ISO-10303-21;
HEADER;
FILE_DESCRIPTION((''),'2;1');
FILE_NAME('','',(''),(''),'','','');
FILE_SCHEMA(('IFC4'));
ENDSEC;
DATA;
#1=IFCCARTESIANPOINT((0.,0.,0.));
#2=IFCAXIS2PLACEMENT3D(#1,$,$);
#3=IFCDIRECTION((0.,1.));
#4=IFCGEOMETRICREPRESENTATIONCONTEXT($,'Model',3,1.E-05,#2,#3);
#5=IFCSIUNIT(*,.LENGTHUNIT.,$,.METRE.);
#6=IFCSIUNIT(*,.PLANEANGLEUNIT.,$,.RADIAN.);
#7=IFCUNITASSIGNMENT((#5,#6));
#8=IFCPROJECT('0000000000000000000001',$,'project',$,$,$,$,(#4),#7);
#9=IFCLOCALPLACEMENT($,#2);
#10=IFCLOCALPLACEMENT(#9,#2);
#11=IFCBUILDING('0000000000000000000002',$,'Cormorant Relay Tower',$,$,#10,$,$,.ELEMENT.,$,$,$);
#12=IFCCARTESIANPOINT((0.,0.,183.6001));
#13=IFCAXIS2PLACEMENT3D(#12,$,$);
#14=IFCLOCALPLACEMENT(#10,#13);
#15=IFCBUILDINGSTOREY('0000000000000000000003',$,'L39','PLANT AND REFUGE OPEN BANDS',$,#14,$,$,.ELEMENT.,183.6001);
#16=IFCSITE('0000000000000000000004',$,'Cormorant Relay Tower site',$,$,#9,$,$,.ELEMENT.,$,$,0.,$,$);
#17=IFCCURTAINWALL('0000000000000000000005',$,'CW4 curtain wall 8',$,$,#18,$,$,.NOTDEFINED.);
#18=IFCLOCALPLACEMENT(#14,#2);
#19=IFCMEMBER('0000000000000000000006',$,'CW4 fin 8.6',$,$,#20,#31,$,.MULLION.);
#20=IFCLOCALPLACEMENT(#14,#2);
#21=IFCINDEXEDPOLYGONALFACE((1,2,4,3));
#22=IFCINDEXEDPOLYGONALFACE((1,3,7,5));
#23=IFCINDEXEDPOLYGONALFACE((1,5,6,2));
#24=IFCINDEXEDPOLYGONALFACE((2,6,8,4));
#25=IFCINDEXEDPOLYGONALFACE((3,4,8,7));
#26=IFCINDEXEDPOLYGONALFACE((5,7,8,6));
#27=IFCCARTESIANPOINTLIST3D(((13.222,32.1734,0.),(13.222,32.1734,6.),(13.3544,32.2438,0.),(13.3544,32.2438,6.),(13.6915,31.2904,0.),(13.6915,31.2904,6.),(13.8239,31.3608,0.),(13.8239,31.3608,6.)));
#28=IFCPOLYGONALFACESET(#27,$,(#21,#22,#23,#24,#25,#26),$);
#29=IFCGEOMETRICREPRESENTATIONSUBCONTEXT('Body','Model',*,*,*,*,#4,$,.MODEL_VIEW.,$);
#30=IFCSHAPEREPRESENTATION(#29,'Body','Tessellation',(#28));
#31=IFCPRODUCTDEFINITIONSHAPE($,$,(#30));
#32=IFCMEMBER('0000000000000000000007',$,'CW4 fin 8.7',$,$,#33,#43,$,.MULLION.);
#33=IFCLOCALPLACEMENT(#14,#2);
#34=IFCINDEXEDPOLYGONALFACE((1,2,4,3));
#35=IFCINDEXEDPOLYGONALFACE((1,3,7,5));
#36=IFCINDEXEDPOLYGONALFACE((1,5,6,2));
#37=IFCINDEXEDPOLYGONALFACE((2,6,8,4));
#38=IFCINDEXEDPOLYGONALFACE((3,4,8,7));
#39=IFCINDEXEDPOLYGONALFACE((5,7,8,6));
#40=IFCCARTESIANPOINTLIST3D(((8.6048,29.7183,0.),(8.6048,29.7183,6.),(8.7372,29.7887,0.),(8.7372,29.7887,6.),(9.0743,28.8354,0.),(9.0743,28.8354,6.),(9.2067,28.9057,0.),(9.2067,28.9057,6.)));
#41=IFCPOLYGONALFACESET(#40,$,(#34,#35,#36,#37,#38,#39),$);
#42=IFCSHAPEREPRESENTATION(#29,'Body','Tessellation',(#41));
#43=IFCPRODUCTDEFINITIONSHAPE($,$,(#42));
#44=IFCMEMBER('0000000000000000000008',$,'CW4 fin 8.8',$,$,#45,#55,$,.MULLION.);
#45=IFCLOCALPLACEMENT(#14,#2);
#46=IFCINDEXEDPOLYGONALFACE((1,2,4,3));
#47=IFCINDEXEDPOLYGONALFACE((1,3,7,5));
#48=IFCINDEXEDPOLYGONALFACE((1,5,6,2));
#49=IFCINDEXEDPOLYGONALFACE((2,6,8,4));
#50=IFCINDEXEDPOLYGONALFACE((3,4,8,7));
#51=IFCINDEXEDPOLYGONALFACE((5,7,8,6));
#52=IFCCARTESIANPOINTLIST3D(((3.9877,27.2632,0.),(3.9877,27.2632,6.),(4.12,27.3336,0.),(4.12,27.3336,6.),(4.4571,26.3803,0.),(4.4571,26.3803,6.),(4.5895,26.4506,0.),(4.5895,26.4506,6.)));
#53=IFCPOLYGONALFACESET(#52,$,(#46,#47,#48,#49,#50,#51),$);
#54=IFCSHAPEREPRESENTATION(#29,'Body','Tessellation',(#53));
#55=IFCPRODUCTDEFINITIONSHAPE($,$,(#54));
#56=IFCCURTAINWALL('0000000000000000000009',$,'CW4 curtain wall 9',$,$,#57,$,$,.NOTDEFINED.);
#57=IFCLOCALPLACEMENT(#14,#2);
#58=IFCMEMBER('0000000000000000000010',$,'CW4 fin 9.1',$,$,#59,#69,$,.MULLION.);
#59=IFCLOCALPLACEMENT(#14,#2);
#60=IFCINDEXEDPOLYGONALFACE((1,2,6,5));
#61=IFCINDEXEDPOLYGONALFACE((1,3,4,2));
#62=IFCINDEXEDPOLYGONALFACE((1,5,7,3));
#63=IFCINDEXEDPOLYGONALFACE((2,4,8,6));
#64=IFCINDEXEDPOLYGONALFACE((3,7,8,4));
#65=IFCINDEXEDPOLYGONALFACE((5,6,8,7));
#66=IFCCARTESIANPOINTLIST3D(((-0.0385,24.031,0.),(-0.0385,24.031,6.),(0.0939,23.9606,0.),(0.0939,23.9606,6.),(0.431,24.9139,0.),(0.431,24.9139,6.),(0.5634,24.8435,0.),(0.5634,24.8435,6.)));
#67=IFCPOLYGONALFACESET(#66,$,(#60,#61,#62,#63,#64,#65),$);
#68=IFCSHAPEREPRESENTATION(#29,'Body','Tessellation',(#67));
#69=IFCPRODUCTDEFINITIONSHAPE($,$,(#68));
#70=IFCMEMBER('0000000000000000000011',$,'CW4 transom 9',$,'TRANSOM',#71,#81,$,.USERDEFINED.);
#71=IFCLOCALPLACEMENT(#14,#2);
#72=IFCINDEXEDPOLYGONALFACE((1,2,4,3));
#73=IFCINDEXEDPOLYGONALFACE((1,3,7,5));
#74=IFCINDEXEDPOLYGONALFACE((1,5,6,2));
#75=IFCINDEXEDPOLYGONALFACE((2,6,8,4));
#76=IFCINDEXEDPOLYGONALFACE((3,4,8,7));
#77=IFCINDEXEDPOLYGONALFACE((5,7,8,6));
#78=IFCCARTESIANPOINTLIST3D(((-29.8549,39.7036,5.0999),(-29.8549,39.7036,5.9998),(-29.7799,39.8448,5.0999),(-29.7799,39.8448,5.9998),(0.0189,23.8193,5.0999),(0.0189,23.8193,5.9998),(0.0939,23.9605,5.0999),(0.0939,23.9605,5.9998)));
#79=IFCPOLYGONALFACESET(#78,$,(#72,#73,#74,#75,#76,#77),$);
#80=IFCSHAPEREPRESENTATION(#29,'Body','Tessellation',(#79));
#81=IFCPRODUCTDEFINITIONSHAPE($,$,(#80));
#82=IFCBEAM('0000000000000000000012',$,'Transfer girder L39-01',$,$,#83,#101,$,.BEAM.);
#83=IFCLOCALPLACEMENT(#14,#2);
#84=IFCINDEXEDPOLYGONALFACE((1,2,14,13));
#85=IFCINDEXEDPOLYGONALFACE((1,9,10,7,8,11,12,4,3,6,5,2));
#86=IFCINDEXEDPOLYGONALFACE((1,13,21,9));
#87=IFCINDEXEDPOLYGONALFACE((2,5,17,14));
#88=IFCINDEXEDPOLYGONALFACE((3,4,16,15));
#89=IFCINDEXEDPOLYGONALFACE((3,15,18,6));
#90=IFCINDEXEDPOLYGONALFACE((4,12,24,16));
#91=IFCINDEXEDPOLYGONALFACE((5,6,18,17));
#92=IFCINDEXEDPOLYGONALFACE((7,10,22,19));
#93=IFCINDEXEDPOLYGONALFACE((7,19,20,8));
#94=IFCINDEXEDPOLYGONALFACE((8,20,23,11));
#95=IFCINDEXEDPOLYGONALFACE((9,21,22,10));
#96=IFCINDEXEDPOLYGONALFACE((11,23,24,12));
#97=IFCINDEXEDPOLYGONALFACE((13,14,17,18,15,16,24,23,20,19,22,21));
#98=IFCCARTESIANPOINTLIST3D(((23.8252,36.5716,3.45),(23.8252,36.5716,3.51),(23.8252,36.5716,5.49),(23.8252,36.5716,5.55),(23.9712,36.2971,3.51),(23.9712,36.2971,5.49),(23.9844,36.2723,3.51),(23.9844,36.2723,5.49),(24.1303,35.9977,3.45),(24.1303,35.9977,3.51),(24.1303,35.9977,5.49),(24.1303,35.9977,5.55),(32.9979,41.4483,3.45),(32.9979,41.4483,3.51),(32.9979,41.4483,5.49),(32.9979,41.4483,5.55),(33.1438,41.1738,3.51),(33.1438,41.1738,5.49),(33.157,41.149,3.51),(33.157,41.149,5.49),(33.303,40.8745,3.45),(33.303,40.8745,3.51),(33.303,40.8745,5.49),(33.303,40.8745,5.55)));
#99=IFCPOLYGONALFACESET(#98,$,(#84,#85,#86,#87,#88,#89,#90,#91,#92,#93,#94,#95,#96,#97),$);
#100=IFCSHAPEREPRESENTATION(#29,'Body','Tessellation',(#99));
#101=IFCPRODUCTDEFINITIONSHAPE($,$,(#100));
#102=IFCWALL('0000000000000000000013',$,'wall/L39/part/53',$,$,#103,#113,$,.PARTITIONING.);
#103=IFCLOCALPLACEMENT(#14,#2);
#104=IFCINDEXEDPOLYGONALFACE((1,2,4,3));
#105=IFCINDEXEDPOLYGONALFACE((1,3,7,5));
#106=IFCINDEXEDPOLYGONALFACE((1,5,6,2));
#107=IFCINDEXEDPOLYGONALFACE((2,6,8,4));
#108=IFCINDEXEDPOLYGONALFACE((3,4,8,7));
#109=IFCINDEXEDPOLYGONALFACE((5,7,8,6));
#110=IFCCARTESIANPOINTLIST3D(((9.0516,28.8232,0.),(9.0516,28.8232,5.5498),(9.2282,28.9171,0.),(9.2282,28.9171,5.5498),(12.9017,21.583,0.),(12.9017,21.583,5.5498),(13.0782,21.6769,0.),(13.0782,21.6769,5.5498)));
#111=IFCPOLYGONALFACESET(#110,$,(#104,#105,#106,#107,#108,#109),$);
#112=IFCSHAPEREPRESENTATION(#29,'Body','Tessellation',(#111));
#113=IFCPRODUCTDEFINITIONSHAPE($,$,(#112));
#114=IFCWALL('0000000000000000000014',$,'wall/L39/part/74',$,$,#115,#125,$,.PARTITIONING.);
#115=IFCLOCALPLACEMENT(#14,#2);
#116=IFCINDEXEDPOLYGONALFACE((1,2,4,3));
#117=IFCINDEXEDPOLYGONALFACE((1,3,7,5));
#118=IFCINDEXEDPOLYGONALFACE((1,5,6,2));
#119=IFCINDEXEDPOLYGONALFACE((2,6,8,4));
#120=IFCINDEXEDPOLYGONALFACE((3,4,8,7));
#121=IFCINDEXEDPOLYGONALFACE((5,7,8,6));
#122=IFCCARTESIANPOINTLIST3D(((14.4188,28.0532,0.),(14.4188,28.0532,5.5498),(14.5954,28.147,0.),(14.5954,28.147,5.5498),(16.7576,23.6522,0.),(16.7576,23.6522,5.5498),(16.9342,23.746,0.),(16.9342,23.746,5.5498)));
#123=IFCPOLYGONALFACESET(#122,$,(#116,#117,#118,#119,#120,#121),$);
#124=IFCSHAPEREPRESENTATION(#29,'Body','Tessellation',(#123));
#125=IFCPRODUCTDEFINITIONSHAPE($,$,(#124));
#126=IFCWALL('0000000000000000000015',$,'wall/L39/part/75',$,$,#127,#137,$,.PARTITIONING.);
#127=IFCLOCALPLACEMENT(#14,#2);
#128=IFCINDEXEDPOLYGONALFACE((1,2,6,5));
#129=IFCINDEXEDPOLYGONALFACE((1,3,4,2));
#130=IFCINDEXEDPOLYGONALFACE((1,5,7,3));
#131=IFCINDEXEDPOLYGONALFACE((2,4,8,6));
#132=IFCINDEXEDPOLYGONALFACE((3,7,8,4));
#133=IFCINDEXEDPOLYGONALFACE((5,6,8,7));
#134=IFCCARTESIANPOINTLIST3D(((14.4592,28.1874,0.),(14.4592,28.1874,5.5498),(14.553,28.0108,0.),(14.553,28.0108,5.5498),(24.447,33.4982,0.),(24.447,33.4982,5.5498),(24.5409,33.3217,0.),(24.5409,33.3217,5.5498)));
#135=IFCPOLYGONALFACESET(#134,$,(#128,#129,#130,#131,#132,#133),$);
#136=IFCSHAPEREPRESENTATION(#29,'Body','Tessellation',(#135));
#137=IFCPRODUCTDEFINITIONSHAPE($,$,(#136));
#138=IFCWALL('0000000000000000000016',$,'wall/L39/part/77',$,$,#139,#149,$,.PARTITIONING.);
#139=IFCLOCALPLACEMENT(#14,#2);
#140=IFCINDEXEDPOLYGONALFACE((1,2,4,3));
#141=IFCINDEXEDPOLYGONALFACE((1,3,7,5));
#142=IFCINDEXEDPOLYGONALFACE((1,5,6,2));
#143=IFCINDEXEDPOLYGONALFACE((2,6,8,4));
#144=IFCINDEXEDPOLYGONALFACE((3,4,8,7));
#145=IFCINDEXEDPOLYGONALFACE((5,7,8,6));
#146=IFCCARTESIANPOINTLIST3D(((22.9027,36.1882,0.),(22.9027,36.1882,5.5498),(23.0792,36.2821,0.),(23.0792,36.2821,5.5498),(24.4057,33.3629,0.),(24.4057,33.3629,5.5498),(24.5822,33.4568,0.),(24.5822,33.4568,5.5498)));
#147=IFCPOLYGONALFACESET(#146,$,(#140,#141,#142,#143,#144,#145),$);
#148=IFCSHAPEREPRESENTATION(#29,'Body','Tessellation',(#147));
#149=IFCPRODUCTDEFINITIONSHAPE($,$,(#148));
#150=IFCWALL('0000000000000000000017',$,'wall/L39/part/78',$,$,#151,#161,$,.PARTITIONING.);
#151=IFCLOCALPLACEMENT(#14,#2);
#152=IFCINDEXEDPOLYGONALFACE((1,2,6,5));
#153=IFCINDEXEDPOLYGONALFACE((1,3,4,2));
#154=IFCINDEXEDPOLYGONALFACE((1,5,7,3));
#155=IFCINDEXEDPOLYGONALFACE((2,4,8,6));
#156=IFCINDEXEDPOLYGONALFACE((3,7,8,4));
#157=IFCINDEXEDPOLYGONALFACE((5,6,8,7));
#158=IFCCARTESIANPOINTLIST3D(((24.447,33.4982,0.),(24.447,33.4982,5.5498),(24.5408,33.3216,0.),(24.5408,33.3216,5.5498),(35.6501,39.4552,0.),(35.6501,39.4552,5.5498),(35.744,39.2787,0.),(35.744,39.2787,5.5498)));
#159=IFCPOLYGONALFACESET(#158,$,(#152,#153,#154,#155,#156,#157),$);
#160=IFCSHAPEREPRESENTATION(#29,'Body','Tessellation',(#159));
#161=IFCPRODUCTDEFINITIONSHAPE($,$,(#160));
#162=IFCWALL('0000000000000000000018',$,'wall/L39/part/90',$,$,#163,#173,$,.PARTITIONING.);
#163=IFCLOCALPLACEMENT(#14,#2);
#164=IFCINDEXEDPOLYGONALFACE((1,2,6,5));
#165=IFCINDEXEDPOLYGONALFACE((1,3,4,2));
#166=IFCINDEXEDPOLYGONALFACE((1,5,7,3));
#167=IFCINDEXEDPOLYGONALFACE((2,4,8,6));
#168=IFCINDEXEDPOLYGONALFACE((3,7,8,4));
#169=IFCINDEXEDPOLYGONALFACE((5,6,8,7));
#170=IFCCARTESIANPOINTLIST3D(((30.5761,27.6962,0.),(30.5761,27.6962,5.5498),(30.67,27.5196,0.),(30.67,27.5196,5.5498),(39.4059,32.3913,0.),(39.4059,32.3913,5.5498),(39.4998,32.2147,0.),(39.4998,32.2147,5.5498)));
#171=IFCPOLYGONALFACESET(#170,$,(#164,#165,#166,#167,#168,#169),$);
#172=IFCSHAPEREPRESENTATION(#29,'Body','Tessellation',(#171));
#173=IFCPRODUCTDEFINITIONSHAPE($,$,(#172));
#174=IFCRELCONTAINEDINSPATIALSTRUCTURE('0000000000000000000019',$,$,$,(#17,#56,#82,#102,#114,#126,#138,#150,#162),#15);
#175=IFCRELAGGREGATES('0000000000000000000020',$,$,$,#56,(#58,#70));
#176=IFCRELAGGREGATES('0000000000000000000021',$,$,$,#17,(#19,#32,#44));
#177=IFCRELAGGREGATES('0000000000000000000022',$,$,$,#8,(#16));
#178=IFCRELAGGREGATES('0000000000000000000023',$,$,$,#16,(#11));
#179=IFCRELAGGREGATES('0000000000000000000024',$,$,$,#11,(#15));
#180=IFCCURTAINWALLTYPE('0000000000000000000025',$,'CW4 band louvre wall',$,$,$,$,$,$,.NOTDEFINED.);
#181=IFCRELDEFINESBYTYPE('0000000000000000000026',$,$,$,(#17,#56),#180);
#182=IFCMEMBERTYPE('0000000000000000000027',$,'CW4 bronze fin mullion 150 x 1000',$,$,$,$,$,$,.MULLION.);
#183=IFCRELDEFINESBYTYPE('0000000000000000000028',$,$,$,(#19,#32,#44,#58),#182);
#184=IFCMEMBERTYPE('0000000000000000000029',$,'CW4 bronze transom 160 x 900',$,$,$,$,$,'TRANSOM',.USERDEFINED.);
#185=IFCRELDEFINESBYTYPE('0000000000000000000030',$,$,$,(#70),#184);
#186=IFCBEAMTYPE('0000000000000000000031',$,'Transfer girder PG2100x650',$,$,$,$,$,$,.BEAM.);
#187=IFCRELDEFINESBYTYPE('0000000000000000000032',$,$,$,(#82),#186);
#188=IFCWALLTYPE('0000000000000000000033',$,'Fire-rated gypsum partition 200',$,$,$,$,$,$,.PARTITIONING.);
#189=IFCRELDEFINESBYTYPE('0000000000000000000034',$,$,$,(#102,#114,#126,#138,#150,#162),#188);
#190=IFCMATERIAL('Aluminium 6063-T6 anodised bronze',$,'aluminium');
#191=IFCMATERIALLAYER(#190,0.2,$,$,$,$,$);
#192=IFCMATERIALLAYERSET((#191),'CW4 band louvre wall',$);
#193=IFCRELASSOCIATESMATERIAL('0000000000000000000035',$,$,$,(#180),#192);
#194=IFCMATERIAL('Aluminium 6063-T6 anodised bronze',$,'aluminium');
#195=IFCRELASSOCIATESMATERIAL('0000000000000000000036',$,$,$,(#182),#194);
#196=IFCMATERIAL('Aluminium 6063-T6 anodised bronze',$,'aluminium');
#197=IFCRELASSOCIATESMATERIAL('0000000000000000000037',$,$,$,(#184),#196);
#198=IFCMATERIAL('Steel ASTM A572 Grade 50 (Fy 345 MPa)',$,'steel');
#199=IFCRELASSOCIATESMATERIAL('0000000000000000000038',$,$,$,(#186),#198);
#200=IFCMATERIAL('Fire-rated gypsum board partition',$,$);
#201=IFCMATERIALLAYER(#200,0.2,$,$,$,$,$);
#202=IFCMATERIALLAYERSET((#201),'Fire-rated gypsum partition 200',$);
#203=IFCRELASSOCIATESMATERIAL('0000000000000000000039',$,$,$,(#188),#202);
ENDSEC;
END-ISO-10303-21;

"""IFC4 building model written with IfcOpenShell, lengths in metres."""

from ifc_helpers import new_model, si_unit, direction, frame, frame_2d, origin, origin_2d, place, context, subcontext, project, spatial, rectangle, i_section, extrude, material, layer, layer_set, material_profile, profile_set, type_object, element, aggregate, save


model = new_model("IFC4")

# Units and contexts
model_context = context("Model", 3, precision=1e-05, world=origin(), true_north=direction((0.0, 1.0)))
body_context = subcontext(model_context, "Body", "Model", "MODEL_VIEW")
ifc_project = project(units=[si_unit("LENGTHUNIT", "METRE"), si_unit("PLANEANGLEUNIT", "RADIAN")], contexts=[model_context])

# Site, building, storey
site_placement = place(None, origin())
site = spatial("IfcSite", under=ifc_project, at=site_placement, Name="Cormorant Relay Tower site", CompositionType="ELEMENT", RefElevation=0.0)
building_placement = place(site_placement, origin())
building = spatial("IfcBuilding", under=site, at=building_placement, Name="Cormorant Relay Tower", CompositionType="ELEMENT")
storey_placement = place(building_placement, frame((0.0, 0.0, 183.6001)))
storey = spatial("IfcBuildingStorey", under=building, at=storey_placement, Name="L39", Description="PLANT AND REFUGE OPEN BANDS", CompositionType="ELEMENT", Elevation=183.6001)

# Curtain walls, members
ifc_material_1 = material(Name="Aluminium 6063-T6 anodised bronze", Category="aluminium")
ifc_layer_1 = layer(ifc_material_1, 0.2)
ifc_layer_set_1 = layer_set([ifc_layer_1], Name="CW4 band louvre wall")
curtain_wall_type = type_object("IfcCurtainWallType", Name="CW4 band louvre wall", PredefinedType="NOTDEFINED", material=ifc_layer_set_1)
curtain_wall_1_placement = place(storey_placement, origin())
curtain_wall_1 = element("IfcCurtainWall", 1, at=curtain_wall_1_placement, inside=storey, type_object=curtain_wall_type, Name="CW4 curtain wall 8", PredefinedType="NOTDEFINED")
ifc_material_2 = material(Name="Aluminium 6063-T6 anodised bronze", Category="aluminium")
ifc_material_profile_1 = material_profile(ifc_material_2, rectangle(XDim=0.1499, YDim=1.0, at=origin_2d()), Name="AL 150x1000")
ifc_profile_set_1 = profile_set([ifc_material_profile_1], Name="Aluminium 6063-T6 anodised bronze")
member_type_1 = type_object("IfcMemberType", Name="CW4 bronze fin mullion 150 x 1000", PredefinedType="MULLION", material=ifc_profile_set_1)
member_1_placement = place(storey_placement, frame((13.5229, 31.7671, 0.0), z_axis=(0.0, 0.0, 1.0), x_axis=(-0.882948, -0.469472, 0.0)))
member_1 = element("IfcMember", 2, at=member_1_placement, type_object=member_type_1, Name="CW4 fin 8.6", PredefinedType="MULLION", context=body_context, shape_type="SweptSolid", body=[
    extrude(rectangle(XDim=0.1499, YDim=1.0, at=origin_2d()), origin(), (0.0, 0.0, 1.0), 6.0),
])
member_2_placement = place(storey_placement, frame((8.9058, 29.312, 0.0), z_axis=(0.0, 0.0, 1.0), x_axis=(-0.882948, -0.469472, 0.0)))
member_2 = element("IfcMember", 3, at=member_2_placement, type_object=member_type_1, Name="CW4 fin 8.7", PredefinedType="MULLION", context=body_context, shape_type="SweptSolid", body=[
    extrude(rectangle(XDim=0.1499, YDim=1.0, at=origin_2d()), origin(), (0.0, 0.0, 1.0), 6.0),
])
member_3_placement = place(storey_placement, frame((4.2886, 26.8569, 0.0), z_axis=(0.0, 0.0, 1.0), x_axis=(-0.882948, -0.469472, 0.0)))
member_3 = element("IfcMember", 4, at=member_3_placement, type_object=member_type_1, Name="CW4 fin 8.8", PredefinedType="MULLION", context=body_context, shape_type="SweptSolid", body=[
    extrude(rectangle(XDim=0.1499, YDim=1.0, at=origin_2d()), origin(), (0.0, 0.0, 1.0), 6.0),
])
curtain_wall_2_placement = place(storey_placement, origin())
curtain_wall_2 = element("IfcCurtainWall", 5, at=curtain_wall_2_placement, inside=storey, type_object=curtain_wall_type, Name="CW4 curtain wall 9", PredefinedType="NOTDEFINED")
member_4_placement = place(storey_placement, frame((0.2625, 24.4373, 0.0), z_axis=(0.0, 0.0, 1.0), x_axis=(-0.882948, 0.469472, 0.0)))
member_4 = element("IfcMember", 6, at=member_4_placement, type_object=member_type_1, Name="CW4 fin 9.1", PredefinedType="MULLION", context=body_context, shape_type="SweptSolid", body=[
    extrude(rectangle(XDim=0.1499, YDim=1.0, at=origin_2d()), origin(), (0.0, 0.0, 1.0), 6.0),
])
ifc_material_3 = material(Name="Aluminium 6063-T6 anodised bronze", Category="aluminium")
ifc_material_profile_2 = material_profile(ifc_material_3, rectangle(XDim=0.1599, YDim=0.8999, at=origin_2d()), Name="AL 160x900")
ifc_profile_set_2 = profile_set([ifc_material_profile_2], Name="Aluminium 6063-T6 anodised bronze")
member_type_2 = type_object("IfcMemberType", Name="CW4 bronze transom 160 x 900", ElementType="TRANSOM", PredefinedType="USERDEFINED", material=ifc_profile_set_2)
member_5_placement = place(storey_placement, frame((0.0564, 23.8899, 5.5498), z_axis=(-0.882946, 0.469474, 0.0), x_axis=(-0.469474, -0.882946, 0.0)))
member_5 = element("IfcMember", 7, at=member_5_placement, type_object=member_type_2, Name="CW4 transom 9", ObjectType="TRANSOM", PredefinedType="USERDEFINED", context=body_context, shape_type="SweptSolid", body=[
    extrude(rectangle(XDim=0.1599, YDim=0.8999, at=origin_2d()), origin(), (0.0, 0.0, 1.0), 33.8342),
])
aggregate(curtain_wall_2, [member_4, member_5])

# Beam
ifc_material_4 = material(Name="Steel ASTM A572 Grade 50 (Fy 345 MPa)", Category="steel")
ifc_material_profile_3 = material_profile(ifc_material_4, i_section(OverallWidth=0.6499, OverallDepth=2.1001, WebThickness=0.0281, FlangeThickness=0.0601, at=origin_2d()), Name="PG2100x650")
ifc_profile_set_3 = profile_set([ifc_material_profile_3], Name="Steel ASTM A572 Grade 50 (Fy 345 MPa)")
beam_type = type_object("IfcBeamType", Name="Transfer girder PG2100x650", PredefinedType="BEAM", material=ifc_profile_set_3)
beam_placement = place(storey_placement, frame((23.9778, 36.2847, 4.5), z_axis=(0.882966, 0.469438, 0.0), x_axis=(-0.469438, 0.882966, 0.0)))
element("IfcBeam", 8, at=beam_placement, inside=storey, type_object=beam_type, Name="Transfer girder L39-01", PredefinedType="BEAM", context=body_context, shape_type="SweptSolid", body=[
    extrude(i_section(OverallWidth=0.6499, OverallDepth=2.1001, WebThickness=0.0281, FlangeThickness=0.0601, at=origin_2d()), origin(), (0.0, 0.0, 1.0), 10.3884),
])

# Walls
ifc_material_5 = material(Name="Fire-rated gypsum board partition")
ifc_layer_2 = layer(ifc_material_5, 0.2)
ifc_layer_set_2 = layer_set([ifc_layer_2], Name="Fire-rated gypsum partition 200")
wall_type = type_object("IfcWallType", Name="Fire-rated gypsum partition 200", PredefinedType="PARTITIONING", material=ifc_layer_set_2)
wall_1_placement = place(storey_placement, frame((9.1399, 28.8701, 0.0), z_axis=(0.0, 0.0, 1.0), x_axis=(0.469509, -0.882928, 0.0)))
element("IfcWall", 9, at=wall_1_placement, inside=storey, type_object=wall_type, Name="wall/L39/part/53", PredefinedType="PARTITIONING", context=body_context, shape_type="SweptSolid", body=[
    extrude(rectangle(XDim=8.2002, YDim=0.2, at=frame_2d((4.1001, 0.0))), origin(), (0.0, 0.0, 1.0), 5.5498),
])
wall_2_placement = place(storey_placement, frame((14.5071, 28.1001, 0.0), z_axis=(0.0, 0.0, 1.0), x_axis=(0.469276, -0.883052, 0.0)))
element("IfcWall", 10, at=wall_2_placement, inside=storey, type_object=wall_type, Name="wall/L39/part/74", PredefinedType="PARTITIONING", context=body_context, shape_type="SweptSolid", body=[
    extrude(rectangle(XDim=4.9839, YDim=0.2, at=frame_2d((2.4919, 0.0))), origin(), (0.0, 0.0, 1.0), 5.5498),
])
wall_3_placement = place(storey_placement, frame((14.5061, 28.0991, 0.0), z_axis=(0.0, 0.0, 1.0), x_axis=(0.882941, 0.469484, 0.0)))
element("IfcWall", 11, at=wall_3_placement, inside=storey, type_object=wall_type, Name="wall/L39/part/75", PredefinedType="PARTITIONING", context=body_context, shape_type="SweptSolid", body=[
    extrude(rectangle(XDim=11.312, YDim=0.2, at=frame_2d((5.656, 0.0))), origin(), (0.0, 0.0, 1.0), 5.5498),
])
wall_4_placement = place(storey_placement, frame((22.991, 36.2351, 0.0), z_axis=(0.0, 0.0, 1.0), x_axis=(0.469653, -0.882851, 0.0)))
element("IfcWall", 12, at=wall_4_placement, inside=storey, type_object=wall_type, Name="wall/L39/part/77", PredefinedType="PARTITIONING", context=body_context, shape_type="SweptSolid", body=[
    extrude(rectangle(XDim=3.2002, YDim=0.2, at=frame_2d((1.6001, 0.0))), origin(), (0.0, 0.0, 1.0), 5.5498),
])
wall_5_placement = place(storey_placement, frame((24.4939, 33.4099, 0.0), z_axis=(0.0, 0.0, 1.0), x_axis=(0.88294, 0.469485, 0.0)))
element("IfcWall", 13, at=wall_5_placement, inside=storey, type_object=wall_type, Name="wall/L39/part/78", PredefinedType="PARTITIONING", context=body_context, shape_type="SweptSolid", body=[
    extrude(rectangle(XDim=12.6885, YDim=0.2, at=frame_2d((6.3442, 0.0))), origin(), (0.0, 0.0, 1.0), 5.5498),
])
wall_6_placement = place(storey_placement, frame((30.623, 27.6079, 0.0), z_axis=(0.0, 0.0, 1.0), x_axis=(0.882941, 0.469484, 0.0)))
element("IfcWall", 14, at=wall_6_placement, inside=storey, type_object=wall_type, Name="wall/L39/part/90", PredefinedType="PARTITIONING", context=body_context, shape_type="SweptSolid", body=[
    extrude(rectangle(XDim=10.0005, YDim=0.2, at=frame_2d((5.0002, 0.0))), origin(), (0.0, 0.0, 1.0), 5.5498),
])

aggregate(curtain_wall_1, [member_1, member_2, member_3])

save(model, "model.ifc")
